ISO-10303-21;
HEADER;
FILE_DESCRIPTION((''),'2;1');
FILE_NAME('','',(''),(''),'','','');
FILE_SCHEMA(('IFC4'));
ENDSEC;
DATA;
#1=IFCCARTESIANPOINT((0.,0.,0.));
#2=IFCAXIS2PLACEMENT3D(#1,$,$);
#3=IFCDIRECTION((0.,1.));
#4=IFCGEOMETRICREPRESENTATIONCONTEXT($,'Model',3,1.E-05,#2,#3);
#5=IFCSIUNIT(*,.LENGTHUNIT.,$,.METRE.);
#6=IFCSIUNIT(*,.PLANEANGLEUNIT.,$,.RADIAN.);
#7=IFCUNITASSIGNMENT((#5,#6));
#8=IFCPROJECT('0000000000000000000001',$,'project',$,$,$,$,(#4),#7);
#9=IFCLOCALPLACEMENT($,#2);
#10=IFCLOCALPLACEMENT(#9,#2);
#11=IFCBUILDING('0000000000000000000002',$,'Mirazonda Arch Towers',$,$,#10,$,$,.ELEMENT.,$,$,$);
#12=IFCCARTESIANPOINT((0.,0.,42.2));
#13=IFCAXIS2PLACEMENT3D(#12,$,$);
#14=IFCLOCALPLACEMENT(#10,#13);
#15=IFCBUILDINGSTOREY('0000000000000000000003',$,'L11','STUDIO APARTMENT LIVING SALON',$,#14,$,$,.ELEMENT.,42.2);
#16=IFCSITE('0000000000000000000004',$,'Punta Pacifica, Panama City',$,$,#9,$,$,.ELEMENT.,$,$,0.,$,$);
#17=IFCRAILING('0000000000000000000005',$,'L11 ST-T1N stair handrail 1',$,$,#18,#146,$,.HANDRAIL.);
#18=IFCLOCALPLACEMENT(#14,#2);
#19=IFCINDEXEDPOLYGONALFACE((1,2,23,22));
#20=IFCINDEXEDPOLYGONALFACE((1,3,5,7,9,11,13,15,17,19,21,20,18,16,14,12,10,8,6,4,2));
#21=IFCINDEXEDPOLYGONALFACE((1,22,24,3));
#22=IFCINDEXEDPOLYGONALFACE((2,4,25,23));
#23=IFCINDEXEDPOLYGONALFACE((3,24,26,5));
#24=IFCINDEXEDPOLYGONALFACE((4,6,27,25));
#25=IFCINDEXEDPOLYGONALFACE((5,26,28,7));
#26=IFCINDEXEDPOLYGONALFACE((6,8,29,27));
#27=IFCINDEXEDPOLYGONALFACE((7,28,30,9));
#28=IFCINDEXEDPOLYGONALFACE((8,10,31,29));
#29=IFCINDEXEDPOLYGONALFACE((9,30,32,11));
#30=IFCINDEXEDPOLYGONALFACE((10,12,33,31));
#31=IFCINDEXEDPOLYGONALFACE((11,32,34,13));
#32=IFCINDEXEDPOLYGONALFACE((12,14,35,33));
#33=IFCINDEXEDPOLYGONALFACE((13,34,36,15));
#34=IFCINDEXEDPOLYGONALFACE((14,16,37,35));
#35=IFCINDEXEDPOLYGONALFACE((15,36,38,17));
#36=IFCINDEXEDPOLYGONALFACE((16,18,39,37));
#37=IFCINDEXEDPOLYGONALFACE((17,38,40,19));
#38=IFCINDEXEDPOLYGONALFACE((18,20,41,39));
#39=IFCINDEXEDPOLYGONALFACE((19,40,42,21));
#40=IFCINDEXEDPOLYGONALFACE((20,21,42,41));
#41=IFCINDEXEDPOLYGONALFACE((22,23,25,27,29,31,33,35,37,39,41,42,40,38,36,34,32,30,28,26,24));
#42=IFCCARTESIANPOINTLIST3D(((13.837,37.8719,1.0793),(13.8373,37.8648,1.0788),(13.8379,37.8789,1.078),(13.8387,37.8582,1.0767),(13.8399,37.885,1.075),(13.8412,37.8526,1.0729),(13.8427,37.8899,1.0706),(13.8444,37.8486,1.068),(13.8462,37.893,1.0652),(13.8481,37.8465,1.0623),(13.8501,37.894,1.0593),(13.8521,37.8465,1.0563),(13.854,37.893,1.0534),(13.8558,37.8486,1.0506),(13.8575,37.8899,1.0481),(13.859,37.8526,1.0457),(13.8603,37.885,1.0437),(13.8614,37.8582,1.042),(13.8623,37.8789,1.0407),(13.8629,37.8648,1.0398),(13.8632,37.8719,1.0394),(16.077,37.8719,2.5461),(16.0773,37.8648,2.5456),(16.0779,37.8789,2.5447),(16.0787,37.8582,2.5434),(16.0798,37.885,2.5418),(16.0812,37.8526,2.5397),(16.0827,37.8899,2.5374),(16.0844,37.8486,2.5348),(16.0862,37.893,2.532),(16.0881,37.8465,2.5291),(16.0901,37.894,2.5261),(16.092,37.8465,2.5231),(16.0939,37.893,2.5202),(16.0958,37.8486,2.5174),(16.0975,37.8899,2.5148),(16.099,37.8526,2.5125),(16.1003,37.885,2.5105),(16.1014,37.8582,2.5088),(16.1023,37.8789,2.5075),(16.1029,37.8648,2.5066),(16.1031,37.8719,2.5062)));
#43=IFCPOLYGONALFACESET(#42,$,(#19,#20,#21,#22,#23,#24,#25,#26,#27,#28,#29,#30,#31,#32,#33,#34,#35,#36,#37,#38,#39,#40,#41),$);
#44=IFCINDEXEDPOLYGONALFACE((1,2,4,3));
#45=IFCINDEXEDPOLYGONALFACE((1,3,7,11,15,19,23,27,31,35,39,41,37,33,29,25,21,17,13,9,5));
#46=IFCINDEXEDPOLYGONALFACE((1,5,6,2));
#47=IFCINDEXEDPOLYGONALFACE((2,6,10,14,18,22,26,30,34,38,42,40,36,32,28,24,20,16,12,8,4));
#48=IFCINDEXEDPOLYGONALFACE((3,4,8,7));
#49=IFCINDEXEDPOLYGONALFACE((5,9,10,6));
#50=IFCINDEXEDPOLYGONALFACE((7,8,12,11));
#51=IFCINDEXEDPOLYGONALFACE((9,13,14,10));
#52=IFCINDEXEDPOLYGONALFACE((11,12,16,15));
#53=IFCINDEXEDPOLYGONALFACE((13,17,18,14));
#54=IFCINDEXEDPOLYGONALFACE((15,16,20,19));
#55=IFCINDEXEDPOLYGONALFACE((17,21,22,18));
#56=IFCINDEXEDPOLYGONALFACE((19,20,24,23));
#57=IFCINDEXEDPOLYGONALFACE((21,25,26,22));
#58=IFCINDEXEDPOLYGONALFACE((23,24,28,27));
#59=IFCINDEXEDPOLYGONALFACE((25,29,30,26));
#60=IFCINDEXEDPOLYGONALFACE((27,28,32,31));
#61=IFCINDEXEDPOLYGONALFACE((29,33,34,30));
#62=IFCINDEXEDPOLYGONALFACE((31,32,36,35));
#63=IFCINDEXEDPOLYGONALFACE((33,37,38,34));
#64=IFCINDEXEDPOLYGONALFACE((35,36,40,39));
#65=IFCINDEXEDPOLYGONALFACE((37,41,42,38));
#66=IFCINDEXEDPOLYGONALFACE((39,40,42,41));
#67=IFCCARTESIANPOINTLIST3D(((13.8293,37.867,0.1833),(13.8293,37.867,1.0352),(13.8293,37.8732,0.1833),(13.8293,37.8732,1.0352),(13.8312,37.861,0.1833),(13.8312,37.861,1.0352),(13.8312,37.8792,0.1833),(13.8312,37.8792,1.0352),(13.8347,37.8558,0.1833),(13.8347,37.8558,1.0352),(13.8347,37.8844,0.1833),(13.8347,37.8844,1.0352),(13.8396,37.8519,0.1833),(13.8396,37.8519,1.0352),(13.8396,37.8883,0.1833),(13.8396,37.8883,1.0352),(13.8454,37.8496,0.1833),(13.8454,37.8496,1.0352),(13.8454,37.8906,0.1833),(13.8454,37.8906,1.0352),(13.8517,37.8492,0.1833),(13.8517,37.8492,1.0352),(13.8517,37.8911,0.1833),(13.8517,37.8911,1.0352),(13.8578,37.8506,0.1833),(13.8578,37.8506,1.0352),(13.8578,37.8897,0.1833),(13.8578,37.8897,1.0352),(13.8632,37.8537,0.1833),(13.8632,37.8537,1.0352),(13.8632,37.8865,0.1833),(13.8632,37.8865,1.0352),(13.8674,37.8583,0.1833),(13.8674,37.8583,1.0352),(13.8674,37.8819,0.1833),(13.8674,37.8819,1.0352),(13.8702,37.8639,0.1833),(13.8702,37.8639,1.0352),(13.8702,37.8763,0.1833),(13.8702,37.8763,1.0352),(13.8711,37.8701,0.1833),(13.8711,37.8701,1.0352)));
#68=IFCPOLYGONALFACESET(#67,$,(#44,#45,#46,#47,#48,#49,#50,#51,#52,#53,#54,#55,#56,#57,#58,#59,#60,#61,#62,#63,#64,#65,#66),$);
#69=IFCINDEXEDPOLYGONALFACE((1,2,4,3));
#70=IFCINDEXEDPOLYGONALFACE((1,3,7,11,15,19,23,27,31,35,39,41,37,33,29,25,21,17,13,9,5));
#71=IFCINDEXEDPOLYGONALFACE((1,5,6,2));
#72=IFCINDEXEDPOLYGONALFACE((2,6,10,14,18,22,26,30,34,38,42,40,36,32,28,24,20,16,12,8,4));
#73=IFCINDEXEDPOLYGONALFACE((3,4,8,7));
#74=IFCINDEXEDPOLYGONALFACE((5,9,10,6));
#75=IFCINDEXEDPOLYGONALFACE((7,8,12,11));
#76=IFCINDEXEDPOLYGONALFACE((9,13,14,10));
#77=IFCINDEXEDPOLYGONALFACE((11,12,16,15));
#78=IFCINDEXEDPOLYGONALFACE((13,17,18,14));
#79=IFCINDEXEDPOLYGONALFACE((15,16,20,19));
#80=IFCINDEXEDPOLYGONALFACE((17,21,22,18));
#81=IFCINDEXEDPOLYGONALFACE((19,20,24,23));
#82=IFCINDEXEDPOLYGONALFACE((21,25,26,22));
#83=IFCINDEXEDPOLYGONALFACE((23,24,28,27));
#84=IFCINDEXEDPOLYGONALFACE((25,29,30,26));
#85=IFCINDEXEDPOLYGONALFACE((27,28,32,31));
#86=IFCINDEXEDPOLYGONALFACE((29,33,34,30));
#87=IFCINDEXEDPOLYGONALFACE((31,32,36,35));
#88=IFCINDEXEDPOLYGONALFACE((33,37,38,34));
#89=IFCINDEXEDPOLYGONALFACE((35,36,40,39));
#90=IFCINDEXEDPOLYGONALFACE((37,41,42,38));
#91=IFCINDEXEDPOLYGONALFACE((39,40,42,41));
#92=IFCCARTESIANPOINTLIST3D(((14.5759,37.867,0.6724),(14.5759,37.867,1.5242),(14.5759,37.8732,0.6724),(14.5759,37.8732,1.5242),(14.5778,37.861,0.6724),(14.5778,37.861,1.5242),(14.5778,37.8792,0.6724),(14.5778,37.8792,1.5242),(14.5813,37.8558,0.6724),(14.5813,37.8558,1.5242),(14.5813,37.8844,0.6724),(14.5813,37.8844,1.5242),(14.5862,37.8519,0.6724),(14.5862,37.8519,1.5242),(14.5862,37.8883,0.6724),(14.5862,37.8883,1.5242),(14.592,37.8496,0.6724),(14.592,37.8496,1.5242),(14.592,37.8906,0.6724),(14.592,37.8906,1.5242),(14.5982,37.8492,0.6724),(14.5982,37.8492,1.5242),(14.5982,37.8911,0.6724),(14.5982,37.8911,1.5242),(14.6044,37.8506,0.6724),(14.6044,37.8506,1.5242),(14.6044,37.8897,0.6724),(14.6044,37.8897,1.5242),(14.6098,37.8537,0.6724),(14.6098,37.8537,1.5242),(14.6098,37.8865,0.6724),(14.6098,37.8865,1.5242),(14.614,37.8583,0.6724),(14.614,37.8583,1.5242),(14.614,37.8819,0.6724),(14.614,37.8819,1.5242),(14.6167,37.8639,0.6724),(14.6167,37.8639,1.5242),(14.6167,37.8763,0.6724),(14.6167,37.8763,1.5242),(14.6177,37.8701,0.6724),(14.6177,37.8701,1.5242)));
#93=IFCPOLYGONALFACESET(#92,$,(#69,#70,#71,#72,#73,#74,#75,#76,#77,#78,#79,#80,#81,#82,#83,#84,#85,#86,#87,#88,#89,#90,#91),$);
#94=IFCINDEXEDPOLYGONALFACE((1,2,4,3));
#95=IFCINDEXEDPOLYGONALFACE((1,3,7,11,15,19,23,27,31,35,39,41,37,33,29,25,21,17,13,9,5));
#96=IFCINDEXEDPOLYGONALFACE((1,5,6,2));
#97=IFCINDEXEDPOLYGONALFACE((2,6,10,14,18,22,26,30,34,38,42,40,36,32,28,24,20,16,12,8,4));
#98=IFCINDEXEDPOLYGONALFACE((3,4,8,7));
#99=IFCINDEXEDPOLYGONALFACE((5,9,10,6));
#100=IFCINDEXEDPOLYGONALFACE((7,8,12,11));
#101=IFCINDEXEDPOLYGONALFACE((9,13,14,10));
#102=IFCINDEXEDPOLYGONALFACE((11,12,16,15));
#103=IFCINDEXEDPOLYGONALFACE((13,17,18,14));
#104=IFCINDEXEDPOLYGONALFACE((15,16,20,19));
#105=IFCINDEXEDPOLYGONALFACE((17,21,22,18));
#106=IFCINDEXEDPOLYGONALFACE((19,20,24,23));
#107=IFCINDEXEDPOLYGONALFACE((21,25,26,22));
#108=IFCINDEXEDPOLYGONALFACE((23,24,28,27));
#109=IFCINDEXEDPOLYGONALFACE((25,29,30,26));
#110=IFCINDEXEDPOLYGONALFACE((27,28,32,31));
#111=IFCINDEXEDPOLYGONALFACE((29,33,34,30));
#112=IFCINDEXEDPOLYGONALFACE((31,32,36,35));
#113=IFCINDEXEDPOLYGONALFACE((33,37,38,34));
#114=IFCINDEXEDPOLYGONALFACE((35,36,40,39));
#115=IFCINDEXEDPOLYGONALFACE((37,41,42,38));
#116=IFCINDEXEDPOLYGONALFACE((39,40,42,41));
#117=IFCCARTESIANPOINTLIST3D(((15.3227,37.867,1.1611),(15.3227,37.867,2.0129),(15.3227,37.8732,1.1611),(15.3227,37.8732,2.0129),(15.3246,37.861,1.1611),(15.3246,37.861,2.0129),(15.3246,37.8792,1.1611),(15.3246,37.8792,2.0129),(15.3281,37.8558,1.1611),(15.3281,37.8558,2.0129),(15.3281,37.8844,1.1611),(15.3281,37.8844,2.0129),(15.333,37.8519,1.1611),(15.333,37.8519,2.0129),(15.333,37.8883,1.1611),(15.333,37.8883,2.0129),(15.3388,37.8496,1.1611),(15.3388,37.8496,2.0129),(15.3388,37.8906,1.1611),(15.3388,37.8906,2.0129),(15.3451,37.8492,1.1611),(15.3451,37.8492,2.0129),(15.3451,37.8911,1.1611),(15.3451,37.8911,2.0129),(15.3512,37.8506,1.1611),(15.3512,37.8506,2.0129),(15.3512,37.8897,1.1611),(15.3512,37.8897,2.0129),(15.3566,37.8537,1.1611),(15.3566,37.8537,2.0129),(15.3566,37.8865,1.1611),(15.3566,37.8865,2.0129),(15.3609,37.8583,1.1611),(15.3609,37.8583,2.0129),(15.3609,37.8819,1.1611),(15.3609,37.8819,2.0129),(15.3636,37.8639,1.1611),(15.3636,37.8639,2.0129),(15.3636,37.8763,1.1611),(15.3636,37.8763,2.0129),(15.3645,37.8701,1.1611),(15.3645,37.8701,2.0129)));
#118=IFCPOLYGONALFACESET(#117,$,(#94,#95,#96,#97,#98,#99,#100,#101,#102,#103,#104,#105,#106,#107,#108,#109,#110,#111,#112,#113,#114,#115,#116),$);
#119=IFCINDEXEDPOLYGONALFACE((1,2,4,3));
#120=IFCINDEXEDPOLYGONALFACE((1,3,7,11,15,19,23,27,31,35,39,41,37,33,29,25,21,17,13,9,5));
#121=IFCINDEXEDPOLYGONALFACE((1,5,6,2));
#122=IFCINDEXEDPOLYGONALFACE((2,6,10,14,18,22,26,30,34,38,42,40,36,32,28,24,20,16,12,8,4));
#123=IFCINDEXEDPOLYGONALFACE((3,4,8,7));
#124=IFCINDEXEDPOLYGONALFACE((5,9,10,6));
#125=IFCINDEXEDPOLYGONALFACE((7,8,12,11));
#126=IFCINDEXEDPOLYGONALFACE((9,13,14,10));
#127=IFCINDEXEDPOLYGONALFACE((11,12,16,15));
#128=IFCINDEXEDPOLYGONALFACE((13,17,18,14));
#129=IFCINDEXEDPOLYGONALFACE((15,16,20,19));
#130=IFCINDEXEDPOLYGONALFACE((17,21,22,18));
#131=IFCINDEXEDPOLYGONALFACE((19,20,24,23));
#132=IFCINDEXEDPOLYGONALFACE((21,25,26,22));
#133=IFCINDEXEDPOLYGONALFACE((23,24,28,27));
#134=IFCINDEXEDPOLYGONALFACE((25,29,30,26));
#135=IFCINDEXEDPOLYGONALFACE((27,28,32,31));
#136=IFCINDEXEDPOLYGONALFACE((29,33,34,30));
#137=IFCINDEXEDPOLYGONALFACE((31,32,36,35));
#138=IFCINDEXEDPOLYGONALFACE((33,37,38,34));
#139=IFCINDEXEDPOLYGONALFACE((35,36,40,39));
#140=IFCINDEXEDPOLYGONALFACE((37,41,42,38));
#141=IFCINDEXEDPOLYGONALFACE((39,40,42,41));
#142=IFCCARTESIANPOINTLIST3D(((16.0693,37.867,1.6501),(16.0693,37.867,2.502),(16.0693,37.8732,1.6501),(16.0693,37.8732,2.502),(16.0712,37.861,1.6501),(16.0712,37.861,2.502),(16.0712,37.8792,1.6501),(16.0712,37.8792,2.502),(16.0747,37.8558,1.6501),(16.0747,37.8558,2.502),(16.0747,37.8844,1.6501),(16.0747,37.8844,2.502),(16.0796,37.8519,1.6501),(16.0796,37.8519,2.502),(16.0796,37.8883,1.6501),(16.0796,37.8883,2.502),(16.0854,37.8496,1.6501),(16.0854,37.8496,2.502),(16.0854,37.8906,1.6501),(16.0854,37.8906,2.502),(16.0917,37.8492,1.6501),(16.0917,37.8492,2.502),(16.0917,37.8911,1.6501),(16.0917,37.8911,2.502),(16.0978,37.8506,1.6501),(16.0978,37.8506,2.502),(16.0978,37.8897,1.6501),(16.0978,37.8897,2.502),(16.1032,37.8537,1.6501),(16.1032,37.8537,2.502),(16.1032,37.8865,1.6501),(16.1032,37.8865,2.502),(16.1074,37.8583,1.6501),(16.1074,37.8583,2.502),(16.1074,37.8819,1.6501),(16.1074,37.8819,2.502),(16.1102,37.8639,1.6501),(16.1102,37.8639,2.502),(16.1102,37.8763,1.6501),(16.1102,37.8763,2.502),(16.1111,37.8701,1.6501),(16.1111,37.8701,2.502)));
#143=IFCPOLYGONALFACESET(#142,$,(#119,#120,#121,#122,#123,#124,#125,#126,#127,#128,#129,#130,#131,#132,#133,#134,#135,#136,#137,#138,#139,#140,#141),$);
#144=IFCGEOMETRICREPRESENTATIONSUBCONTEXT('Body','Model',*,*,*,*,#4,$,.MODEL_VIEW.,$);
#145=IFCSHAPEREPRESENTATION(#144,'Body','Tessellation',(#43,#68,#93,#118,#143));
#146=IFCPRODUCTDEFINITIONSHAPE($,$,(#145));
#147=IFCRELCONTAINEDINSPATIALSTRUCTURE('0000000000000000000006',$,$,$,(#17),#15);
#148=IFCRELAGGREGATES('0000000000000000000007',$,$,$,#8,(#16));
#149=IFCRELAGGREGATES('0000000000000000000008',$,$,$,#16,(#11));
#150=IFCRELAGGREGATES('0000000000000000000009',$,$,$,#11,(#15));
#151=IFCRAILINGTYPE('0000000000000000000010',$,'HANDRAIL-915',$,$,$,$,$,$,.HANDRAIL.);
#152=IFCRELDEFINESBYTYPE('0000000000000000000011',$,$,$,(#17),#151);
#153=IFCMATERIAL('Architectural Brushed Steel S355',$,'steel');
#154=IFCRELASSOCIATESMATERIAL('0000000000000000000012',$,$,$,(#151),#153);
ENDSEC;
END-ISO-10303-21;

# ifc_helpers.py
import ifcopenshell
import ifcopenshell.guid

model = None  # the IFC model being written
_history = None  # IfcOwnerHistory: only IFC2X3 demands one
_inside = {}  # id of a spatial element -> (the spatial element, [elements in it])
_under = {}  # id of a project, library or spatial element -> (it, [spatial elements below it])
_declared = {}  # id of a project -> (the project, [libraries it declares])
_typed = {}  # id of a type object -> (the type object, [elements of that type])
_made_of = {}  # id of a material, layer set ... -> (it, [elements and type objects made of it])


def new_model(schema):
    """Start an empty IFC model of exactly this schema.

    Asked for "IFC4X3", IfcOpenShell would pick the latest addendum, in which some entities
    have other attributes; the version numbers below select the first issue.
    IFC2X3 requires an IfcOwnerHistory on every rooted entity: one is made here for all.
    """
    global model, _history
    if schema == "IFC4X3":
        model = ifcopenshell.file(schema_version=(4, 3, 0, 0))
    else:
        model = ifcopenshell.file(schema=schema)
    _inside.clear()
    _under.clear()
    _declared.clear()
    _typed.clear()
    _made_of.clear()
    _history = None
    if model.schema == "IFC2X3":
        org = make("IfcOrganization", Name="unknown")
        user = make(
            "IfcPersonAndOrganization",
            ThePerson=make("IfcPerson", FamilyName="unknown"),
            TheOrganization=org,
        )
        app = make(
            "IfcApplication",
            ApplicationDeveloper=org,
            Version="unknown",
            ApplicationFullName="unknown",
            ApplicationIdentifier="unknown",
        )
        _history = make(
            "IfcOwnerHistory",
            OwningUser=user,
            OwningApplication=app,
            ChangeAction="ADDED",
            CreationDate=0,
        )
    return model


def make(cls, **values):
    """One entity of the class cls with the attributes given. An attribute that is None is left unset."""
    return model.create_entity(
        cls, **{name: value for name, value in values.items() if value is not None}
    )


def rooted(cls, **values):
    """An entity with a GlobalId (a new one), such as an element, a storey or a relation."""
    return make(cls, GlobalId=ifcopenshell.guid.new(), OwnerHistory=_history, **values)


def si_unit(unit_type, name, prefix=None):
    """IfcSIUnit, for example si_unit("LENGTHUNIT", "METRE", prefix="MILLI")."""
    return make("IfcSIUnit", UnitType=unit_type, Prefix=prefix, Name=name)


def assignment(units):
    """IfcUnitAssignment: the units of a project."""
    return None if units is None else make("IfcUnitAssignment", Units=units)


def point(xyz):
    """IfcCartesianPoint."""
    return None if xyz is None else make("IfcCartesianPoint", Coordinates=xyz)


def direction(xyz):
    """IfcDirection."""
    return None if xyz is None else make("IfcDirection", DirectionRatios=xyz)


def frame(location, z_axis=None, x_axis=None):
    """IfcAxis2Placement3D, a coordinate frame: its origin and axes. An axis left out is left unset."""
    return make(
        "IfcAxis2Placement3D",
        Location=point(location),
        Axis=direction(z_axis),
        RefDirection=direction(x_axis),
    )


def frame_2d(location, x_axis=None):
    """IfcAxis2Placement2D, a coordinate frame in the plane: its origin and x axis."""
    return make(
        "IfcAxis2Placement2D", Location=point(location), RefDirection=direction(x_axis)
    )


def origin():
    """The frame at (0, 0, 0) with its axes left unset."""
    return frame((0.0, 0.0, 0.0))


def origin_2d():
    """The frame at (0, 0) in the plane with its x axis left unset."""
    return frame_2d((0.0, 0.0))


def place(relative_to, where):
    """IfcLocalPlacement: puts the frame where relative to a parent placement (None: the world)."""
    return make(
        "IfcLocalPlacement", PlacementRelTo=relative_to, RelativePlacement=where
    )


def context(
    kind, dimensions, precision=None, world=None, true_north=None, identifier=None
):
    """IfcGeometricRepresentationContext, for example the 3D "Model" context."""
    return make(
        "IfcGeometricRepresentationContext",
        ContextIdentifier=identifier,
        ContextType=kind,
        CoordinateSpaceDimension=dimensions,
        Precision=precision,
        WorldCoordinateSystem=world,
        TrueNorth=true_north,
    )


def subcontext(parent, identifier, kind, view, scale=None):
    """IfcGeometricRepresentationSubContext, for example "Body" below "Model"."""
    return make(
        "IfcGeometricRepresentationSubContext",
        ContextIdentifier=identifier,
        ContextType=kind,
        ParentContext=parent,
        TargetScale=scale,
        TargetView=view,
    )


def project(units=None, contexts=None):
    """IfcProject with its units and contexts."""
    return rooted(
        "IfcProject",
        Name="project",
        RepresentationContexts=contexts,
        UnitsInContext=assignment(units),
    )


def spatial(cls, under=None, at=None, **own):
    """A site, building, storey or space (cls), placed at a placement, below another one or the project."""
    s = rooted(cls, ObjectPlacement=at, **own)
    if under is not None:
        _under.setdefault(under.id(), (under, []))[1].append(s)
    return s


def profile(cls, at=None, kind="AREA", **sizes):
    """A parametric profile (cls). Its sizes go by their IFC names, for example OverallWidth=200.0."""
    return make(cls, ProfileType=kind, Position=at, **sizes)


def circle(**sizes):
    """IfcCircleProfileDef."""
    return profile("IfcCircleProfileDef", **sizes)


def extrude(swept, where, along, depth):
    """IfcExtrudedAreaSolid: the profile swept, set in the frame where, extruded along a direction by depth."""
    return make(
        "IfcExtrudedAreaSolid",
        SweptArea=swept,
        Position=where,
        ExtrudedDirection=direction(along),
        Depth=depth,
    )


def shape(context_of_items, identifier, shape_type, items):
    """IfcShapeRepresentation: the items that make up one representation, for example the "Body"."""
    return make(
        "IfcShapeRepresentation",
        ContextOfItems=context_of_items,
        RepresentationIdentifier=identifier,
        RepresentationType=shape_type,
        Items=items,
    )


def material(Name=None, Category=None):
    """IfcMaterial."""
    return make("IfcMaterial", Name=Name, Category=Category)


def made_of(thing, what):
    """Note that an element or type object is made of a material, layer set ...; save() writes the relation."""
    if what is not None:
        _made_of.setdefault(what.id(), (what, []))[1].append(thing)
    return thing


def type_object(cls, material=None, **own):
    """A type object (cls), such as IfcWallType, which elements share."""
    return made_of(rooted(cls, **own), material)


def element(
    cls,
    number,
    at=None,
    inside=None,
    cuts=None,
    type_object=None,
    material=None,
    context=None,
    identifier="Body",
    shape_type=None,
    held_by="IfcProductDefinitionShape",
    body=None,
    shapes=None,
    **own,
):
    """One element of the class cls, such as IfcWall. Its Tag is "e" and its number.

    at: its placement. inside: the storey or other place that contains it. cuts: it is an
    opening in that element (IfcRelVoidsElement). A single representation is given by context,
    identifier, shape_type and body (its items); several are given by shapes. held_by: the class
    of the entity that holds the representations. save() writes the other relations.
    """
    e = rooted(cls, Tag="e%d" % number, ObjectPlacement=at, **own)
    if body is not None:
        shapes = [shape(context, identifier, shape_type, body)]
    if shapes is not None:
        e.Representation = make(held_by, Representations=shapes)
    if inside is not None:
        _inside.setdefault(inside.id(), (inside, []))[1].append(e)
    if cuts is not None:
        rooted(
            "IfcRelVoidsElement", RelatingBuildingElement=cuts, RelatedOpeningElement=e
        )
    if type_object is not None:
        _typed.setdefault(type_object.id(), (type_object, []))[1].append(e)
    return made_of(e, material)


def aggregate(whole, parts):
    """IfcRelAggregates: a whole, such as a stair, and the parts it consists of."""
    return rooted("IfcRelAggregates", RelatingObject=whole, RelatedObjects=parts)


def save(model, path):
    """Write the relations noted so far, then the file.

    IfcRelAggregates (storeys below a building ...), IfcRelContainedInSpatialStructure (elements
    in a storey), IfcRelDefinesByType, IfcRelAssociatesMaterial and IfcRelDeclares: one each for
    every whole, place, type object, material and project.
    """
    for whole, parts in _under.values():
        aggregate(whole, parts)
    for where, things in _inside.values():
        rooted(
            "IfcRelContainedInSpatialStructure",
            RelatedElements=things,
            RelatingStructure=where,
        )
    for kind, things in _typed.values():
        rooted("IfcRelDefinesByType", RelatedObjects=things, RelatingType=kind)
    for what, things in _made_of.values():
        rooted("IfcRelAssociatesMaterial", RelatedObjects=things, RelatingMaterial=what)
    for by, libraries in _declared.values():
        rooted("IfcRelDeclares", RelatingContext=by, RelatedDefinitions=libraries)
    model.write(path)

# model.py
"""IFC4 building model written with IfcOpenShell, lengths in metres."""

from ifc_helpers import new_model, si_unit, direction, frame, origin, origin_2d, place, context, subcontext, project, spatial, circle, extrude, material, type_object, element, save


model = new_model("IFC4")

# Units and contexts
model_context = context("Model", 3, precision=1e-05, world=origin(), true_north=direction((0.0, 1.0)))
body_context = subcontext(model_context, "Body", "Model", "MODEL_VIEW")
ifc_project = project(units=[si_unit("LENGTHUNIT", "METRE"), si_unit("PLANEANGLEUNIT", "RADIAN")], contexts=[model_context])

# Site, building, storey
site_placement = place(None, origin())
site = spatial("IfcSite", under=ifc_project, at=site_placement, Name="Punta Pacifica, Panama City", CompositionType="ELEMENT", RefElevation=0.0)
building_placement = place(site_placement, origin())
building = spatial("IfcBuilding", under=site, at=building_placement, Name="Mirazonda Arch Towers", CompositionType="ELEMENT")
storey_placement = place(building_placement, frame((0.0, 0.0, 42.2)))
storey = spatial("IfcBuildingStorey", under=building, at=storey_placement, Name="L11", Description="STUDIO APARTMENT LIVING SALON", CompositionType="ELEMENT", Elevation=42.2)

# Shared definitions
ifc_material_1 = material(Name="Architectural Brushed Steel S355", Category="steel")

# Railing
railing_type_1 = type_object("IfcRailingType", Name="HANDRAIL-915", PredefinedType="HANDRAIL", material=ifc_material_1)
railing_1_placement = place(storey_placement, frame((13.8501, 37.8701, 0.1833)))
element("IfcRailing", 1, at=railing_1_placement, inside=storey, type_object=railing_type_1, Name="L11 ST-T1N stair handrail 1", PredefinedType="HANDRAIL", context=body_context, shape_type="SweptSolid", body=[
    extrude(circle(Radius=0.0239, at=origin_2d()), frame((0.0, 0.0, 0.876), z_axis=(0.836595, 0.0, 0.547822), x_axis=(0.0, 1.0, 0.0)), (0.0, 0.0, 1.0), 2.6775),
    extrude(circle(Radius=0.021, at=origin_2d()), origin(), (0.0, 0.0, 1.0), 0.8518),
    extrude(circle(Radius=0.021, at=origin_2d()), frame((0.7466, 0.0, 0.489)), (0.0, 0.0, 1.0), 0.8518),
    extrude(circle(Radius=0.021, at=origin_2d()), frame((1.4934, 0.0, 0.9778)), (0.0, 0.0, 1.0), 0.8518),
    extrude(circle(Radius=0.021, at=origin_2d()), frame((2.24, 0.0, 1.4668)), (0.0, 0.0, 1.0), 0.8518),
])

save(model, "model.ifc")
